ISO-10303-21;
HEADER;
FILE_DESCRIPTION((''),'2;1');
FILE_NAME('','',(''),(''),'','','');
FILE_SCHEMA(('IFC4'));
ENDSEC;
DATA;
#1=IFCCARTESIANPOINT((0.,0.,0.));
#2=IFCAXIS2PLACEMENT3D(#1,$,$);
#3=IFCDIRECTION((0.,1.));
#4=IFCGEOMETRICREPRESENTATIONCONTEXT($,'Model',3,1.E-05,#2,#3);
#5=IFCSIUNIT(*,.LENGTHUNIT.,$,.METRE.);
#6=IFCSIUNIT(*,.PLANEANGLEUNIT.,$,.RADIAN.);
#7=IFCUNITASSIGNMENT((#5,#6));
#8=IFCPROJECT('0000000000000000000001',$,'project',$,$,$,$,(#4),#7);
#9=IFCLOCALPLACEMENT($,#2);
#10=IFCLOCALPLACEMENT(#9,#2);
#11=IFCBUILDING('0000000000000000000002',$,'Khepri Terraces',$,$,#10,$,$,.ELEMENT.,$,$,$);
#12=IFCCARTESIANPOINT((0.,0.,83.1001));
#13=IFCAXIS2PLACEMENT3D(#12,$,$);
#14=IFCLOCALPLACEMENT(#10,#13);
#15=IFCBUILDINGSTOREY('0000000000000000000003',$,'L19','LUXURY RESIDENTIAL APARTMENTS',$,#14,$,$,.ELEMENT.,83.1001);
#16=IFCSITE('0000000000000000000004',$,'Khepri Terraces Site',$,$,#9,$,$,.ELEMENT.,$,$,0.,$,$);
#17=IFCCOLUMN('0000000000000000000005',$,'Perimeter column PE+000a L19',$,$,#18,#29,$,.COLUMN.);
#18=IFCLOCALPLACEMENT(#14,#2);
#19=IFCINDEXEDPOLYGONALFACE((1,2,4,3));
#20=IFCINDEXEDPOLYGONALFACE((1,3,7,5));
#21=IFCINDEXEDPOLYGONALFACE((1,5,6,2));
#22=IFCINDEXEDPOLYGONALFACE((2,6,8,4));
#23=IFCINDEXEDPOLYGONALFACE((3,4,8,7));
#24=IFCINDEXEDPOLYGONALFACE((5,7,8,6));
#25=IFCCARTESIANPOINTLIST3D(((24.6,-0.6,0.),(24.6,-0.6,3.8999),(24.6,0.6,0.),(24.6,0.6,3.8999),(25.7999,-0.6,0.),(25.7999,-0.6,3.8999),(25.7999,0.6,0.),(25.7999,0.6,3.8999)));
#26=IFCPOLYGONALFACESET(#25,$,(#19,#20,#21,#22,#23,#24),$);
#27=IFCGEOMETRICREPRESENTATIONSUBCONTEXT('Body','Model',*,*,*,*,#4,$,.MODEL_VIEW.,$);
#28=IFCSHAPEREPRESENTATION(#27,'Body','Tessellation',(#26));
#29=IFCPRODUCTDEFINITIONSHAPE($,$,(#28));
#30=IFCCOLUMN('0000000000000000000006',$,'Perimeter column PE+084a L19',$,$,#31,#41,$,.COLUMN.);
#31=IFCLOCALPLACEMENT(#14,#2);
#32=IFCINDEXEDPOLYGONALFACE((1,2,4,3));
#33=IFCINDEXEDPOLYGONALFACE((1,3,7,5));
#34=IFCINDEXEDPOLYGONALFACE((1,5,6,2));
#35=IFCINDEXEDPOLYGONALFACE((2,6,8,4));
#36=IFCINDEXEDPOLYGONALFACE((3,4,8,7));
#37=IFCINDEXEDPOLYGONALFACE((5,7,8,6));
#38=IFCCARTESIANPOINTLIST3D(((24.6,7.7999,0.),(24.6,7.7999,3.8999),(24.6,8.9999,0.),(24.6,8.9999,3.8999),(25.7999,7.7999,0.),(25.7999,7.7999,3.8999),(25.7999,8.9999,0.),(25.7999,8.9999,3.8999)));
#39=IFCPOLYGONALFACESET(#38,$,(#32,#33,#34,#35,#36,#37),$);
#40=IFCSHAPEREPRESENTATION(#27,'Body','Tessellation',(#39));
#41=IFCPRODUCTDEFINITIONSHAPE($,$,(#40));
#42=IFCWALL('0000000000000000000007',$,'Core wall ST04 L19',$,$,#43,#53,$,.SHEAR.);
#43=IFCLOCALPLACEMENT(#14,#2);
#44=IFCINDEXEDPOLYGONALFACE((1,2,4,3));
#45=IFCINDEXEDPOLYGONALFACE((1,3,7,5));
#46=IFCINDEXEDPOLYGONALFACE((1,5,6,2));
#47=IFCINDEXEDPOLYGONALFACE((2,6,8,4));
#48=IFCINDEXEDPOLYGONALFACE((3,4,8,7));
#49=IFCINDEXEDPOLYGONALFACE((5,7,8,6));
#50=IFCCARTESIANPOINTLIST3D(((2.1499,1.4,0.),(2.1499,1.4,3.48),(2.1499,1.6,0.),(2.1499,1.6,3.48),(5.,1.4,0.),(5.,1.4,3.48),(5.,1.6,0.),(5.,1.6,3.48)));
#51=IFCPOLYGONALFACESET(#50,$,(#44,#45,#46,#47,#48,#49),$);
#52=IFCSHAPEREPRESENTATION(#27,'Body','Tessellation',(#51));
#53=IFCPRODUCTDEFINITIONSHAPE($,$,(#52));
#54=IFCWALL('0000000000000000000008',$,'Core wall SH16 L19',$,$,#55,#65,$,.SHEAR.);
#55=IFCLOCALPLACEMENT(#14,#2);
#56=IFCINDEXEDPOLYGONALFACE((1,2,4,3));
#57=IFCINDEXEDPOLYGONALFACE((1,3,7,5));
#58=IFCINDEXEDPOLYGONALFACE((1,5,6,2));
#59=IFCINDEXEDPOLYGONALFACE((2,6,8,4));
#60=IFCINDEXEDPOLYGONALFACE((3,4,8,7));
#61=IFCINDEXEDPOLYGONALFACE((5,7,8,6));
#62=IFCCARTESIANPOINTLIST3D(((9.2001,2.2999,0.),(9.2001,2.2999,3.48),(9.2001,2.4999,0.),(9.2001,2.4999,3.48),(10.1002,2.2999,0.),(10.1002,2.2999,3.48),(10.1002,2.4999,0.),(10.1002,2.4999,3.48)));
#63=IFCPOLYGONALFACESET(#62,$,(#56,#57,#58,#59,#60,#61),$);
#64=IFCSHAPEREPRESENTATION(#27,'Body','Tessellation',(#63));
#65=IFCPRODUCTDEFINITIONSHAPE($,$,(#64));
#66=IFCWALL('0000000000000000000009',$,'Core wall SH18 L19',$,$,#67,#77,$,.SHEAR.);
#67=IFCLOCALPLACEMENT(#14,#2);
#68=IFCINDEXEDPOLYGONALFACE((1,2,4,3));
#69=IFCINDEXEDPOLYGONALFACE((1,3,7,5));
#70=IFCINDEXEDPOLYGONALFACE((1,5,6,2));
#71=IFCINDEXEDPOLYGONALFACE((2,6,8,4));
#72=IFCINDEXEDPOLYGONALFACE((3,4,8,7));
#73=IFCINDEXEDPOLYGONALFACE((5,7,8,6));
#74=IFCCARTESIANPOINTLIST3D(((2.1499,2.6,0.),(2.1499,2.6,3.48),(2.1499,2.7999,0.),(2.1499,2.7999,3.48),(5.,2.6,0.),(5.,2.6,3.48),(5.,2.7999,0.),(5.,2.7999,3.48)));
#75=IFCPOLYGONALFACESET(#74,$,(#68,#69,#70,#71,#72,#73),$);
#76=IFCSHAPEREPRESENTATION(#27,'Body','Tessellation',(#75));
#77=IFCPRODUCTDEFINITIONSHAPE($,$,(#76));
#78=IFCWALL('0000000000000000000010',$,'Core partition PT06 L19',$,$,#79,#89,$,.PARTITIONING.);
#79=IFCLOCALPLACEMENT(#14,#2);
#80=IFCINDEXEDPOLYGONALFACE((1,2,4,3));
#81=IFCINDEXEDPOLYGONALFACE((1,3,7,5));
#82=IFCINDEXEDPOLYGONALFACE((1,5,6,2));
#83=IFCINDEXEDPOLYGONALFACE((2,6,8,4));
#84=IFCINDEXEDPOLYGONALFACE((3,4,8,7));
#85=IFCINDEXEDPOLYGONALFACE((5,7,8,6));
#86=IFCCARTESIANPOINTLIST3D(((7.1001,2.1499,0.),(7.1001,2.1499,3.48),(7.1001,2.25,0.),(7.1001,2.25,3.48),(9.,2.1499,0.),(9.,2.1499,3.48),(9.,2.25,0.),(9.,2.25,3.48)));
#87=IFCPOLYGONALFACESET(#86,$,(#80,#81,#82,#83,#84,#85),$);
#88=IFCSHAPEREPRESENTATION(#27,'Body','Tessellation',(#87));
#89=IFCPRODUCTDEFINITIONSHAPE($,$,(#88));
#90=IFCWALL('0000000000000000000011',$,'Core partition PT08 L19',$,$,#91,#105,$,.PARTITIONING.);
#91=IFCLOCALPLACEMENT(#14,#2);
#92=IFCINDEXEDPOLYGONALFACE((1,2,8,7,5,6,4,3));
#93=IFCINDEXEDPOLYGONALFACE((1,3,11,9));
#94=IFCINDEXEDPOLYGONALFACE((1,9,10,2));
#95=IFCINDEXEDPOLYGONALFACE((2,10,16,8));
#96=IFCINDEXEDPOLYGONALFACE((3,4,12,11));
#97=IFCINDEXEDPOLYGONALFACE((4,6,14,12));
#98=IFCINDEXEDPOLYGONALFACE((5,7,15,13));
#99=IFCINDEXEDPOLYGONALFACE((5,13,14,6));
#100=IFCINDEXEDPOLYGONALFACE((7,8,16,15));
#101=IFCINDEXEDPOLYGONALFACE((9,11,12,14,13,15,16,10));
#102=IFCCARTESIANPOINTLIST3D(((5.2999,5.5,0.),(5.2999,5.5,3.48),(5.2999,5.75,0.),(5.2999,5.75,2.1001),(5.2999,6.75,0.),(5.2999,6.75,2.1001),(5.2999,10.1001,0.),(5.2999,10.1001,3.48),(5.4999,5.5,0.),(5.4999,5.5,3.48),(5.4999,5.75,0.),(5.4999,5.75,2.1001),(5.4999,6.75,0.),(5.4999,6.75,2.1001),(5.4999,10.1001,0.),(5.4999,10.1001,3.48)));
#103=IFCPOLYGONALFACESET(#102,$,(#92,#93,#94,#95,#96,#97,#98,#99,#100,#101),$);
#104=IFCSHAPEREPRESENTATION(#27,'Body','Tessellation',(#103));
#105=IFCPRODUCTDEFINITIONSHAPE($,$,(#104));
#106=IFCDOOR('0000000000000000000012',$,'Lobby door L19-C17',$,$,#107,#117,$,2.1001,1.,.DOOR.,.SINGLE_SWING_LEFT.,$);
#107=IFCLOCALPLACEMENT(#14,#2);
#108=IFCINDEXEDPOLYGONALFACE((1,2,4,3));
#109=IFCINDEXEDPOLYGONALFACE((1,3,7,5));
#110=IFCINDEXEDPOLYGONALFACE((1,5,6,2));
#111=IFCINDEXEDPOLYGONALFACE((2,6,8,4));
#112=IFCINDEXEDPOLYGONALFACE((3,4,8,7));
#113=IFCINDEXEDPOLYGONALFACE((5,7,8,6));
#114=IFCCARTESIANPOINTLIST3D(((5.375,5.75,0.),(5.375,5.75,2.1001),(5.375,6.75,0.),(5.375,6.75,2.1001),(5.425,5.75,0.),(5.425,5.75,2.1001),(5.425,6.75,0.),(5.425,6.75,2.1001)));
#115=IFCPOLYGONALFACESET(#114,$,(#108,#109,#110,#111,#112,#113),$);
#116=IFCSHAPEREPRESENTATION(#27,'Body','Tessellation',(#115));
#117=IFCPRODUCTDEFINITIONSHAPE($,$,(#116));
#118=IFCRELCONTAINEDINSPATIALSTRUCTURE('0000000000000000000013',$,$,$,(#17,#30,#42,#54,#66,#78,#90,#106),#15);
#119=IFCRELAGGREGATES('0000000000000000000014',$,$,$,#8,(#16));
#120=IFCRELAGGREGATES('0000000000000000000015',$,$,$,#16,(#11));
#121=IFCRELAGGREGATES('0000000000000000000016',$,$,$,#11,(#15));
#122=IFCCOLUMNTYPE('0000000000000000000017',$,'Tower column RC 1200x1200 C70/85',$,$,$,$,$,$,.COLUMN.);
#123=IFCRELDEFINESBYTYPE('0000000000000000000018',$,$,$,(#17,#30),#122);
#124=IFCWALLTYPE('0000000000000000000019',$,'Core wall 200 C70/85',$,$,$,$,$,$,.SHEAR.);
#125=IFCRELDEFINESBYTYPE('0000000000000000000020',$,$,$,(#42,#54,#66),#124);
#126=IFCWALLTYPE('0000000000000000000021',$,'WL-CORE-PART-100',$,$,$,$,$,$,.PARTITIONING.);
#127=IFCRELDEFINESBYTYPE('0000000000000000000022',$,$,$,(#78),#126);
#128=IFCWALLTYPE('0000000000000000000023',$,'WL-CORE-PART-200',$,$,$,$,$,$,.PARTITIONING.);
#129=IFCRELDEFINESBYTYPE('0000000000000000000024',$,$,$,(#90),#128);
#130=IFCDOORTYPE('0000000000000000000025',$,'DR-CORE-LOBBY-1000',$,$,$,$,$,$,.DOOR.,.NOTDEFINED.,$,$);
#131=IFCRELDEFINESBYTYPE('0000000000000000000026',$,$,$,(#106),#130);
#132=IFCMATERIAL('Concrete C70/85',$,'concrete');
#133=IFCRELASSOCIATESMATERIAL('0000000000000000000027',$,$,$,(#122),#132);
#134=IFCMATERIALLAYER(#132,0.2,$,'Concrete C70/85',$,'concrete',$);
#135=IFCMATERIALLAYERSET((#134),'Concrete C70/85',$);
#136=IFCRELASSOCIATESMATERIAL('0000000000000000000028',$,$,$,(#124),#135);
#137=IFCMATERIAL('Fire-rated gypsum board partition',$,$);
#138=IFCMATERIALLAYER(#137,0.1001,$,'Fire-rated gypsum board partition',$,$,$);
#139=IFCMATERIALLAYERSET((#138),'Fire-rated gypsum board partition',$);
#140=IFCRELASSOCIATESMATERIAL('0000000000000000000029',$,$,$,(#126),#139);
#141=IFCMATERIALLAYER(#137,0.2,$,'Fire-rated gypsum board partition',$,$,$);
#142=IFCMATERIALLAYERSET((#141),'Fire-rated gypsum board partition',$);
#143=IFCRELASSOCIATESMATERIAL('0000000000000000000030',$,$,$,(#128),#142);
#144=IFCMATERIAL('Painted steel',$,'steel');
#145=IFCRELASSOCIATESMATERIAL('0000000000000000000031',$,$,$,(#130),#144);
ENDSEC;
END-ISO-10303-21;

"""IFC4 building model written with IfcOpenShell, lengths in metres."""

from ifc_helpers import new_model, si_unit, direction, frame, frame_2d, origin, origin_2d, place, context, subcontext, project, spatial, rectangle, extrude, material, layer, layer_set, material_profile, profile_set, type_object, element, fill, save


model = new_model("IFC4")

# Units and contexts
model_context = context("Model", 3, precision=1e-05, world=origin(), true_north=direction((0.0, 1.0)))
body_context = subcontext(model_context, "Body", "Model", "MODEL_VIEW")
ifc_project = project(units=[si_unit("LENGTHUNIT", "METRE"), si_unit("PLANEANGLEUNIT", "RADIAN")], contexts=[model_context])

# Site, building, storey
site_placement = place(None, origin())
site = spatial("IfcSite", under=ifc_project, at=site_placement, Name="Khepri Terraces Site", CompositionType="ELEMENT", RefElevation=0.0)
building_placement = place(site_placement, origin())
building = spatial("IfcBuilding", under=site, at=building_placement, Name="Khepri Terraces", CompositionType="ELEMENT")
storey_placement = place(building_placement, frame((0.0, 0.0, 83.1001)))
storey = spatial("IfcBuildingStorey", under=building, at=storey_placement, Name="L19", Description="LUXURY RESIDENTIAL APARTMENTS", CompositionType="ELEMENT", Elevation=83.1001)

# Columns
ifc_material_1 = material(Name="Concrete C70/85", Category="concrete")
ifc_material_profile = material_profile(ifc_material_1, rectangle(XDim=1.2, YDim=1.2, at=origin_2d()), Name="Concrete C70/85", Category="concrete")
ifc_profile_set = profile_set([ifc_material_profile], Name="Concrete C70/85")
column_type = type_object("IfcColumnType", Name="Tower column RC 1200x1200 C70/85", PredefinedType="COLUMN", material=ifc_profile_set)
for number, where, z_axis, x_axis, name in (
    (1, (25.2, 0.0, 0.0), (0.0, 0.0, 1.0), (1.0, 0.0, 0.0), "Perimeter column PE+000a L19"),
    (2, (25.2, 8.3999, 0.0), (0.0, 0.0, 1.0), (1.0, 0.0, 0.0), "Perimeter column PE+084a L19"),
):
    element("IfcColumn", number, at=place(storey_placement, frame(where, z_axis=z_axis, x_axis=x_axis)), inside=storey, type_object=column_type, Name=name, PredefinedType="COLUMN", context=body_context, shape_type="SweptSolid", body=[
        extrude(rectangle(XDim=1.2, YDim=1.2, at=origin_2d()), origin(), (0.0, 0.0, 1.0), 3.8999),
    ])

# Walls
ifc_layer_1 = layer(ifc_material_1, 0.2, Name="Concrete C70/85", Category="concrete")
ifc_layer_set_1 = layer_set([ifc_layer_1], Name="Concrete C70/85")
wall_type_1 = type_object("IfcWallType", Name="Core wall 200 C70/85", PredefinedType="SHEAR", material=ifc_layer_set_1)
wall_1_placement = place(storey_placement, frame((2.1499, 1.5, 0.0), z_axis=(0.0, 0.0, 1.0), x_axis=(1.0, 0.0, 0.0)))
element("IfcWall", 3, at=wall_1_placement, inside=storey, type_object=wall_type_1, Name="Core wall ST04 L19", PredefinedType="SHEAR", context=body_context, shape_type="SweptSolid", body=[
    extrude(rectangle(XDim=2.8501, YDim=0.2, at=frame_2d((1.425, 0.0))), origin(), (0.0, 0.0, 1.0), 3.48),
])
wall_2_placement = place(storey_placement, frame((9.2, 2.3999, 0.0), z_axis=(0.0, 0.0, 1.0), x_axis=(1.0, 0.0, 0.0)))
element("IfcWall", 4, at=wall_2_placement, inside=storey, type_object=wall_type_1, Name="Core wall SH16 L19", PredefinedType="SHEAR", context=body_context, shape_type="SweptSolid", body=[
    extrude(rectangle(XDim=0.9001, YDim=0.2, at=frame_2d((0.4502, 0.0))), origin(), (0.0, 0.0, 1.0), 3.48),
])
wall_3_placement = place(storey_placement, frame((2.1499, 2.7, 0.0), z_axis=(0.0, 0.0, 1.0), x_axis=(1.0, 0.0, 0.0)))
element("IfcWall", 5, at=wall_3_placement, inside=storey, type_object=wall_type_1, Name="Core wall SH18 L19", PredefinedType="SHEAR", context=body_context, shape_type="SweptSolid", body=[
    extrude(rectangle(XDim=2.8501, YDim=0.2, at=frame_2d((1.425, 0.0))), origin(), (0.0, 0.0, 1.0), 3.48),
])
ifc_material_2 = material(Name="Fire-rated gypsum board partition")
ifc_layer_2 = layer(ifc_material_2, 0.1001, Name="Fire-rated gypsum board partition")
ifc_layer_set_2 = layer_set([ifc_layer_2], Name="Fire-rated gypsum board partition")
wall_type_2 = type_object("IfcWallType", Name="WL-CORE-PART-100", PredefinedType="PARTITIONING", material=ifc_layer_set_2)
wall_4_placement = place(storey_placement, frame((7.1001, 2.2, 0.0), z_axis=(0.0, 0.0, 1.0), x_axis=(1.0, 0.0, 0.0)))
element("IfcWall", 6, at=wall_4_placement, inside=storey, type_object=wall_type_2, Name="Core partition PT06 L19", PredefinedType="PARTITIONING", context=body_context, shape_type="SweptSolid", body=[
    extrude(rectangle(XDim=1.8999, YDim=0.1001, at=frame_2d((0.95, 0.0))), origin(), (0.0, 0.0, 1.0), 3.48),
])

# Wall, opening, door
ifc_layer_3 = layer(ifc_material_2, 0.2, Name="Fire-rated gypsum board partition")
ifc_layer_set_3 = layer_set([ifc_layer_3], Name="Fire-rated gypsum board partition")
wall_type_3 = type_object("IfcWallType", Name="WL-CORE-PART-200", PredefinedType="PARTITIONING", material=ifc_layer_set_3)
wall_5_placement = place(storey_placement, frame((5.3999, 5.5, 0.0), z_axis=(0.0, 0.0, 1.0), x_axis=(0.0, 1.0, 0.0)))
wall_5 = element("IfcWall", 7, at=wall_5_placement, inside=storey, type_object=wall_type_3, Name="Core partition PT08 L19", PredefinedType="PARTITIONING", context=body_context, shape_type="SweptSolid", body=[
    extrude(rectangle(XDim=4.6001, YDim=0.2, at=frame_2d((2.3, 0.0))), origin(), (0.0, 0.0, 1.0), 3.48),
])
opening_1_placement = place(wall_5_placement, frame((0.25, 0.0, 0.0)))
opening_1 = element("IfcOpeningElement", 8, at=opening_1_placement, cuts=wall_5, PredefinedType="OPENING", context=body_context, shape_type="SweptSolid", body=[
    extrude(rectangle(XDim=1.0, YDim=2.1001, at=frame_2d((0.5, 1.05))), frame((0.0, 0.1099, 0.0), z_axis=(0.0, -1.0, 0.0), x_axis=(1.0, 0.0, 0.0)), (0.0, 0.0, 1.0), 0.22),
])
ifc_material_3 = material(Name="Painted steel", Category="steel")
door_type_1 = type_object("IfcDoorType", Name="DR-CORE-LOBBY-1000", OperationType="NOTDEFINED", PredefinedType="DOOR", material=ifc_material_3)
door_1_placement = place(opening_1_placement, origin())
door_1 = element("IfcDoor", 9, at=door_1_placement, inside=storey, type_object=door_type_1, Name="Lobby door L19-C17", OperationType="SINGLE_SWING_LEFT", OverallHeight=2.1001, OverallWidth=1.0, PredefinedType="DOOR", context=body_context, shape_type="SweptSolid", body=[
    extrude(rectangle(XDim=1.0, YDim=2.1001, at=frame_2d((0.5, 1.05))), frame((0.0, 0.0249, 0.0), z_axis=(0.0, -1.0, 0.0), x_axis=(1.0, 0.0, 0.0)), (0.0, 0.0, 1.0), 0.05),
])
fill(opening_1, door_1)

save(model, "model.ifc")
